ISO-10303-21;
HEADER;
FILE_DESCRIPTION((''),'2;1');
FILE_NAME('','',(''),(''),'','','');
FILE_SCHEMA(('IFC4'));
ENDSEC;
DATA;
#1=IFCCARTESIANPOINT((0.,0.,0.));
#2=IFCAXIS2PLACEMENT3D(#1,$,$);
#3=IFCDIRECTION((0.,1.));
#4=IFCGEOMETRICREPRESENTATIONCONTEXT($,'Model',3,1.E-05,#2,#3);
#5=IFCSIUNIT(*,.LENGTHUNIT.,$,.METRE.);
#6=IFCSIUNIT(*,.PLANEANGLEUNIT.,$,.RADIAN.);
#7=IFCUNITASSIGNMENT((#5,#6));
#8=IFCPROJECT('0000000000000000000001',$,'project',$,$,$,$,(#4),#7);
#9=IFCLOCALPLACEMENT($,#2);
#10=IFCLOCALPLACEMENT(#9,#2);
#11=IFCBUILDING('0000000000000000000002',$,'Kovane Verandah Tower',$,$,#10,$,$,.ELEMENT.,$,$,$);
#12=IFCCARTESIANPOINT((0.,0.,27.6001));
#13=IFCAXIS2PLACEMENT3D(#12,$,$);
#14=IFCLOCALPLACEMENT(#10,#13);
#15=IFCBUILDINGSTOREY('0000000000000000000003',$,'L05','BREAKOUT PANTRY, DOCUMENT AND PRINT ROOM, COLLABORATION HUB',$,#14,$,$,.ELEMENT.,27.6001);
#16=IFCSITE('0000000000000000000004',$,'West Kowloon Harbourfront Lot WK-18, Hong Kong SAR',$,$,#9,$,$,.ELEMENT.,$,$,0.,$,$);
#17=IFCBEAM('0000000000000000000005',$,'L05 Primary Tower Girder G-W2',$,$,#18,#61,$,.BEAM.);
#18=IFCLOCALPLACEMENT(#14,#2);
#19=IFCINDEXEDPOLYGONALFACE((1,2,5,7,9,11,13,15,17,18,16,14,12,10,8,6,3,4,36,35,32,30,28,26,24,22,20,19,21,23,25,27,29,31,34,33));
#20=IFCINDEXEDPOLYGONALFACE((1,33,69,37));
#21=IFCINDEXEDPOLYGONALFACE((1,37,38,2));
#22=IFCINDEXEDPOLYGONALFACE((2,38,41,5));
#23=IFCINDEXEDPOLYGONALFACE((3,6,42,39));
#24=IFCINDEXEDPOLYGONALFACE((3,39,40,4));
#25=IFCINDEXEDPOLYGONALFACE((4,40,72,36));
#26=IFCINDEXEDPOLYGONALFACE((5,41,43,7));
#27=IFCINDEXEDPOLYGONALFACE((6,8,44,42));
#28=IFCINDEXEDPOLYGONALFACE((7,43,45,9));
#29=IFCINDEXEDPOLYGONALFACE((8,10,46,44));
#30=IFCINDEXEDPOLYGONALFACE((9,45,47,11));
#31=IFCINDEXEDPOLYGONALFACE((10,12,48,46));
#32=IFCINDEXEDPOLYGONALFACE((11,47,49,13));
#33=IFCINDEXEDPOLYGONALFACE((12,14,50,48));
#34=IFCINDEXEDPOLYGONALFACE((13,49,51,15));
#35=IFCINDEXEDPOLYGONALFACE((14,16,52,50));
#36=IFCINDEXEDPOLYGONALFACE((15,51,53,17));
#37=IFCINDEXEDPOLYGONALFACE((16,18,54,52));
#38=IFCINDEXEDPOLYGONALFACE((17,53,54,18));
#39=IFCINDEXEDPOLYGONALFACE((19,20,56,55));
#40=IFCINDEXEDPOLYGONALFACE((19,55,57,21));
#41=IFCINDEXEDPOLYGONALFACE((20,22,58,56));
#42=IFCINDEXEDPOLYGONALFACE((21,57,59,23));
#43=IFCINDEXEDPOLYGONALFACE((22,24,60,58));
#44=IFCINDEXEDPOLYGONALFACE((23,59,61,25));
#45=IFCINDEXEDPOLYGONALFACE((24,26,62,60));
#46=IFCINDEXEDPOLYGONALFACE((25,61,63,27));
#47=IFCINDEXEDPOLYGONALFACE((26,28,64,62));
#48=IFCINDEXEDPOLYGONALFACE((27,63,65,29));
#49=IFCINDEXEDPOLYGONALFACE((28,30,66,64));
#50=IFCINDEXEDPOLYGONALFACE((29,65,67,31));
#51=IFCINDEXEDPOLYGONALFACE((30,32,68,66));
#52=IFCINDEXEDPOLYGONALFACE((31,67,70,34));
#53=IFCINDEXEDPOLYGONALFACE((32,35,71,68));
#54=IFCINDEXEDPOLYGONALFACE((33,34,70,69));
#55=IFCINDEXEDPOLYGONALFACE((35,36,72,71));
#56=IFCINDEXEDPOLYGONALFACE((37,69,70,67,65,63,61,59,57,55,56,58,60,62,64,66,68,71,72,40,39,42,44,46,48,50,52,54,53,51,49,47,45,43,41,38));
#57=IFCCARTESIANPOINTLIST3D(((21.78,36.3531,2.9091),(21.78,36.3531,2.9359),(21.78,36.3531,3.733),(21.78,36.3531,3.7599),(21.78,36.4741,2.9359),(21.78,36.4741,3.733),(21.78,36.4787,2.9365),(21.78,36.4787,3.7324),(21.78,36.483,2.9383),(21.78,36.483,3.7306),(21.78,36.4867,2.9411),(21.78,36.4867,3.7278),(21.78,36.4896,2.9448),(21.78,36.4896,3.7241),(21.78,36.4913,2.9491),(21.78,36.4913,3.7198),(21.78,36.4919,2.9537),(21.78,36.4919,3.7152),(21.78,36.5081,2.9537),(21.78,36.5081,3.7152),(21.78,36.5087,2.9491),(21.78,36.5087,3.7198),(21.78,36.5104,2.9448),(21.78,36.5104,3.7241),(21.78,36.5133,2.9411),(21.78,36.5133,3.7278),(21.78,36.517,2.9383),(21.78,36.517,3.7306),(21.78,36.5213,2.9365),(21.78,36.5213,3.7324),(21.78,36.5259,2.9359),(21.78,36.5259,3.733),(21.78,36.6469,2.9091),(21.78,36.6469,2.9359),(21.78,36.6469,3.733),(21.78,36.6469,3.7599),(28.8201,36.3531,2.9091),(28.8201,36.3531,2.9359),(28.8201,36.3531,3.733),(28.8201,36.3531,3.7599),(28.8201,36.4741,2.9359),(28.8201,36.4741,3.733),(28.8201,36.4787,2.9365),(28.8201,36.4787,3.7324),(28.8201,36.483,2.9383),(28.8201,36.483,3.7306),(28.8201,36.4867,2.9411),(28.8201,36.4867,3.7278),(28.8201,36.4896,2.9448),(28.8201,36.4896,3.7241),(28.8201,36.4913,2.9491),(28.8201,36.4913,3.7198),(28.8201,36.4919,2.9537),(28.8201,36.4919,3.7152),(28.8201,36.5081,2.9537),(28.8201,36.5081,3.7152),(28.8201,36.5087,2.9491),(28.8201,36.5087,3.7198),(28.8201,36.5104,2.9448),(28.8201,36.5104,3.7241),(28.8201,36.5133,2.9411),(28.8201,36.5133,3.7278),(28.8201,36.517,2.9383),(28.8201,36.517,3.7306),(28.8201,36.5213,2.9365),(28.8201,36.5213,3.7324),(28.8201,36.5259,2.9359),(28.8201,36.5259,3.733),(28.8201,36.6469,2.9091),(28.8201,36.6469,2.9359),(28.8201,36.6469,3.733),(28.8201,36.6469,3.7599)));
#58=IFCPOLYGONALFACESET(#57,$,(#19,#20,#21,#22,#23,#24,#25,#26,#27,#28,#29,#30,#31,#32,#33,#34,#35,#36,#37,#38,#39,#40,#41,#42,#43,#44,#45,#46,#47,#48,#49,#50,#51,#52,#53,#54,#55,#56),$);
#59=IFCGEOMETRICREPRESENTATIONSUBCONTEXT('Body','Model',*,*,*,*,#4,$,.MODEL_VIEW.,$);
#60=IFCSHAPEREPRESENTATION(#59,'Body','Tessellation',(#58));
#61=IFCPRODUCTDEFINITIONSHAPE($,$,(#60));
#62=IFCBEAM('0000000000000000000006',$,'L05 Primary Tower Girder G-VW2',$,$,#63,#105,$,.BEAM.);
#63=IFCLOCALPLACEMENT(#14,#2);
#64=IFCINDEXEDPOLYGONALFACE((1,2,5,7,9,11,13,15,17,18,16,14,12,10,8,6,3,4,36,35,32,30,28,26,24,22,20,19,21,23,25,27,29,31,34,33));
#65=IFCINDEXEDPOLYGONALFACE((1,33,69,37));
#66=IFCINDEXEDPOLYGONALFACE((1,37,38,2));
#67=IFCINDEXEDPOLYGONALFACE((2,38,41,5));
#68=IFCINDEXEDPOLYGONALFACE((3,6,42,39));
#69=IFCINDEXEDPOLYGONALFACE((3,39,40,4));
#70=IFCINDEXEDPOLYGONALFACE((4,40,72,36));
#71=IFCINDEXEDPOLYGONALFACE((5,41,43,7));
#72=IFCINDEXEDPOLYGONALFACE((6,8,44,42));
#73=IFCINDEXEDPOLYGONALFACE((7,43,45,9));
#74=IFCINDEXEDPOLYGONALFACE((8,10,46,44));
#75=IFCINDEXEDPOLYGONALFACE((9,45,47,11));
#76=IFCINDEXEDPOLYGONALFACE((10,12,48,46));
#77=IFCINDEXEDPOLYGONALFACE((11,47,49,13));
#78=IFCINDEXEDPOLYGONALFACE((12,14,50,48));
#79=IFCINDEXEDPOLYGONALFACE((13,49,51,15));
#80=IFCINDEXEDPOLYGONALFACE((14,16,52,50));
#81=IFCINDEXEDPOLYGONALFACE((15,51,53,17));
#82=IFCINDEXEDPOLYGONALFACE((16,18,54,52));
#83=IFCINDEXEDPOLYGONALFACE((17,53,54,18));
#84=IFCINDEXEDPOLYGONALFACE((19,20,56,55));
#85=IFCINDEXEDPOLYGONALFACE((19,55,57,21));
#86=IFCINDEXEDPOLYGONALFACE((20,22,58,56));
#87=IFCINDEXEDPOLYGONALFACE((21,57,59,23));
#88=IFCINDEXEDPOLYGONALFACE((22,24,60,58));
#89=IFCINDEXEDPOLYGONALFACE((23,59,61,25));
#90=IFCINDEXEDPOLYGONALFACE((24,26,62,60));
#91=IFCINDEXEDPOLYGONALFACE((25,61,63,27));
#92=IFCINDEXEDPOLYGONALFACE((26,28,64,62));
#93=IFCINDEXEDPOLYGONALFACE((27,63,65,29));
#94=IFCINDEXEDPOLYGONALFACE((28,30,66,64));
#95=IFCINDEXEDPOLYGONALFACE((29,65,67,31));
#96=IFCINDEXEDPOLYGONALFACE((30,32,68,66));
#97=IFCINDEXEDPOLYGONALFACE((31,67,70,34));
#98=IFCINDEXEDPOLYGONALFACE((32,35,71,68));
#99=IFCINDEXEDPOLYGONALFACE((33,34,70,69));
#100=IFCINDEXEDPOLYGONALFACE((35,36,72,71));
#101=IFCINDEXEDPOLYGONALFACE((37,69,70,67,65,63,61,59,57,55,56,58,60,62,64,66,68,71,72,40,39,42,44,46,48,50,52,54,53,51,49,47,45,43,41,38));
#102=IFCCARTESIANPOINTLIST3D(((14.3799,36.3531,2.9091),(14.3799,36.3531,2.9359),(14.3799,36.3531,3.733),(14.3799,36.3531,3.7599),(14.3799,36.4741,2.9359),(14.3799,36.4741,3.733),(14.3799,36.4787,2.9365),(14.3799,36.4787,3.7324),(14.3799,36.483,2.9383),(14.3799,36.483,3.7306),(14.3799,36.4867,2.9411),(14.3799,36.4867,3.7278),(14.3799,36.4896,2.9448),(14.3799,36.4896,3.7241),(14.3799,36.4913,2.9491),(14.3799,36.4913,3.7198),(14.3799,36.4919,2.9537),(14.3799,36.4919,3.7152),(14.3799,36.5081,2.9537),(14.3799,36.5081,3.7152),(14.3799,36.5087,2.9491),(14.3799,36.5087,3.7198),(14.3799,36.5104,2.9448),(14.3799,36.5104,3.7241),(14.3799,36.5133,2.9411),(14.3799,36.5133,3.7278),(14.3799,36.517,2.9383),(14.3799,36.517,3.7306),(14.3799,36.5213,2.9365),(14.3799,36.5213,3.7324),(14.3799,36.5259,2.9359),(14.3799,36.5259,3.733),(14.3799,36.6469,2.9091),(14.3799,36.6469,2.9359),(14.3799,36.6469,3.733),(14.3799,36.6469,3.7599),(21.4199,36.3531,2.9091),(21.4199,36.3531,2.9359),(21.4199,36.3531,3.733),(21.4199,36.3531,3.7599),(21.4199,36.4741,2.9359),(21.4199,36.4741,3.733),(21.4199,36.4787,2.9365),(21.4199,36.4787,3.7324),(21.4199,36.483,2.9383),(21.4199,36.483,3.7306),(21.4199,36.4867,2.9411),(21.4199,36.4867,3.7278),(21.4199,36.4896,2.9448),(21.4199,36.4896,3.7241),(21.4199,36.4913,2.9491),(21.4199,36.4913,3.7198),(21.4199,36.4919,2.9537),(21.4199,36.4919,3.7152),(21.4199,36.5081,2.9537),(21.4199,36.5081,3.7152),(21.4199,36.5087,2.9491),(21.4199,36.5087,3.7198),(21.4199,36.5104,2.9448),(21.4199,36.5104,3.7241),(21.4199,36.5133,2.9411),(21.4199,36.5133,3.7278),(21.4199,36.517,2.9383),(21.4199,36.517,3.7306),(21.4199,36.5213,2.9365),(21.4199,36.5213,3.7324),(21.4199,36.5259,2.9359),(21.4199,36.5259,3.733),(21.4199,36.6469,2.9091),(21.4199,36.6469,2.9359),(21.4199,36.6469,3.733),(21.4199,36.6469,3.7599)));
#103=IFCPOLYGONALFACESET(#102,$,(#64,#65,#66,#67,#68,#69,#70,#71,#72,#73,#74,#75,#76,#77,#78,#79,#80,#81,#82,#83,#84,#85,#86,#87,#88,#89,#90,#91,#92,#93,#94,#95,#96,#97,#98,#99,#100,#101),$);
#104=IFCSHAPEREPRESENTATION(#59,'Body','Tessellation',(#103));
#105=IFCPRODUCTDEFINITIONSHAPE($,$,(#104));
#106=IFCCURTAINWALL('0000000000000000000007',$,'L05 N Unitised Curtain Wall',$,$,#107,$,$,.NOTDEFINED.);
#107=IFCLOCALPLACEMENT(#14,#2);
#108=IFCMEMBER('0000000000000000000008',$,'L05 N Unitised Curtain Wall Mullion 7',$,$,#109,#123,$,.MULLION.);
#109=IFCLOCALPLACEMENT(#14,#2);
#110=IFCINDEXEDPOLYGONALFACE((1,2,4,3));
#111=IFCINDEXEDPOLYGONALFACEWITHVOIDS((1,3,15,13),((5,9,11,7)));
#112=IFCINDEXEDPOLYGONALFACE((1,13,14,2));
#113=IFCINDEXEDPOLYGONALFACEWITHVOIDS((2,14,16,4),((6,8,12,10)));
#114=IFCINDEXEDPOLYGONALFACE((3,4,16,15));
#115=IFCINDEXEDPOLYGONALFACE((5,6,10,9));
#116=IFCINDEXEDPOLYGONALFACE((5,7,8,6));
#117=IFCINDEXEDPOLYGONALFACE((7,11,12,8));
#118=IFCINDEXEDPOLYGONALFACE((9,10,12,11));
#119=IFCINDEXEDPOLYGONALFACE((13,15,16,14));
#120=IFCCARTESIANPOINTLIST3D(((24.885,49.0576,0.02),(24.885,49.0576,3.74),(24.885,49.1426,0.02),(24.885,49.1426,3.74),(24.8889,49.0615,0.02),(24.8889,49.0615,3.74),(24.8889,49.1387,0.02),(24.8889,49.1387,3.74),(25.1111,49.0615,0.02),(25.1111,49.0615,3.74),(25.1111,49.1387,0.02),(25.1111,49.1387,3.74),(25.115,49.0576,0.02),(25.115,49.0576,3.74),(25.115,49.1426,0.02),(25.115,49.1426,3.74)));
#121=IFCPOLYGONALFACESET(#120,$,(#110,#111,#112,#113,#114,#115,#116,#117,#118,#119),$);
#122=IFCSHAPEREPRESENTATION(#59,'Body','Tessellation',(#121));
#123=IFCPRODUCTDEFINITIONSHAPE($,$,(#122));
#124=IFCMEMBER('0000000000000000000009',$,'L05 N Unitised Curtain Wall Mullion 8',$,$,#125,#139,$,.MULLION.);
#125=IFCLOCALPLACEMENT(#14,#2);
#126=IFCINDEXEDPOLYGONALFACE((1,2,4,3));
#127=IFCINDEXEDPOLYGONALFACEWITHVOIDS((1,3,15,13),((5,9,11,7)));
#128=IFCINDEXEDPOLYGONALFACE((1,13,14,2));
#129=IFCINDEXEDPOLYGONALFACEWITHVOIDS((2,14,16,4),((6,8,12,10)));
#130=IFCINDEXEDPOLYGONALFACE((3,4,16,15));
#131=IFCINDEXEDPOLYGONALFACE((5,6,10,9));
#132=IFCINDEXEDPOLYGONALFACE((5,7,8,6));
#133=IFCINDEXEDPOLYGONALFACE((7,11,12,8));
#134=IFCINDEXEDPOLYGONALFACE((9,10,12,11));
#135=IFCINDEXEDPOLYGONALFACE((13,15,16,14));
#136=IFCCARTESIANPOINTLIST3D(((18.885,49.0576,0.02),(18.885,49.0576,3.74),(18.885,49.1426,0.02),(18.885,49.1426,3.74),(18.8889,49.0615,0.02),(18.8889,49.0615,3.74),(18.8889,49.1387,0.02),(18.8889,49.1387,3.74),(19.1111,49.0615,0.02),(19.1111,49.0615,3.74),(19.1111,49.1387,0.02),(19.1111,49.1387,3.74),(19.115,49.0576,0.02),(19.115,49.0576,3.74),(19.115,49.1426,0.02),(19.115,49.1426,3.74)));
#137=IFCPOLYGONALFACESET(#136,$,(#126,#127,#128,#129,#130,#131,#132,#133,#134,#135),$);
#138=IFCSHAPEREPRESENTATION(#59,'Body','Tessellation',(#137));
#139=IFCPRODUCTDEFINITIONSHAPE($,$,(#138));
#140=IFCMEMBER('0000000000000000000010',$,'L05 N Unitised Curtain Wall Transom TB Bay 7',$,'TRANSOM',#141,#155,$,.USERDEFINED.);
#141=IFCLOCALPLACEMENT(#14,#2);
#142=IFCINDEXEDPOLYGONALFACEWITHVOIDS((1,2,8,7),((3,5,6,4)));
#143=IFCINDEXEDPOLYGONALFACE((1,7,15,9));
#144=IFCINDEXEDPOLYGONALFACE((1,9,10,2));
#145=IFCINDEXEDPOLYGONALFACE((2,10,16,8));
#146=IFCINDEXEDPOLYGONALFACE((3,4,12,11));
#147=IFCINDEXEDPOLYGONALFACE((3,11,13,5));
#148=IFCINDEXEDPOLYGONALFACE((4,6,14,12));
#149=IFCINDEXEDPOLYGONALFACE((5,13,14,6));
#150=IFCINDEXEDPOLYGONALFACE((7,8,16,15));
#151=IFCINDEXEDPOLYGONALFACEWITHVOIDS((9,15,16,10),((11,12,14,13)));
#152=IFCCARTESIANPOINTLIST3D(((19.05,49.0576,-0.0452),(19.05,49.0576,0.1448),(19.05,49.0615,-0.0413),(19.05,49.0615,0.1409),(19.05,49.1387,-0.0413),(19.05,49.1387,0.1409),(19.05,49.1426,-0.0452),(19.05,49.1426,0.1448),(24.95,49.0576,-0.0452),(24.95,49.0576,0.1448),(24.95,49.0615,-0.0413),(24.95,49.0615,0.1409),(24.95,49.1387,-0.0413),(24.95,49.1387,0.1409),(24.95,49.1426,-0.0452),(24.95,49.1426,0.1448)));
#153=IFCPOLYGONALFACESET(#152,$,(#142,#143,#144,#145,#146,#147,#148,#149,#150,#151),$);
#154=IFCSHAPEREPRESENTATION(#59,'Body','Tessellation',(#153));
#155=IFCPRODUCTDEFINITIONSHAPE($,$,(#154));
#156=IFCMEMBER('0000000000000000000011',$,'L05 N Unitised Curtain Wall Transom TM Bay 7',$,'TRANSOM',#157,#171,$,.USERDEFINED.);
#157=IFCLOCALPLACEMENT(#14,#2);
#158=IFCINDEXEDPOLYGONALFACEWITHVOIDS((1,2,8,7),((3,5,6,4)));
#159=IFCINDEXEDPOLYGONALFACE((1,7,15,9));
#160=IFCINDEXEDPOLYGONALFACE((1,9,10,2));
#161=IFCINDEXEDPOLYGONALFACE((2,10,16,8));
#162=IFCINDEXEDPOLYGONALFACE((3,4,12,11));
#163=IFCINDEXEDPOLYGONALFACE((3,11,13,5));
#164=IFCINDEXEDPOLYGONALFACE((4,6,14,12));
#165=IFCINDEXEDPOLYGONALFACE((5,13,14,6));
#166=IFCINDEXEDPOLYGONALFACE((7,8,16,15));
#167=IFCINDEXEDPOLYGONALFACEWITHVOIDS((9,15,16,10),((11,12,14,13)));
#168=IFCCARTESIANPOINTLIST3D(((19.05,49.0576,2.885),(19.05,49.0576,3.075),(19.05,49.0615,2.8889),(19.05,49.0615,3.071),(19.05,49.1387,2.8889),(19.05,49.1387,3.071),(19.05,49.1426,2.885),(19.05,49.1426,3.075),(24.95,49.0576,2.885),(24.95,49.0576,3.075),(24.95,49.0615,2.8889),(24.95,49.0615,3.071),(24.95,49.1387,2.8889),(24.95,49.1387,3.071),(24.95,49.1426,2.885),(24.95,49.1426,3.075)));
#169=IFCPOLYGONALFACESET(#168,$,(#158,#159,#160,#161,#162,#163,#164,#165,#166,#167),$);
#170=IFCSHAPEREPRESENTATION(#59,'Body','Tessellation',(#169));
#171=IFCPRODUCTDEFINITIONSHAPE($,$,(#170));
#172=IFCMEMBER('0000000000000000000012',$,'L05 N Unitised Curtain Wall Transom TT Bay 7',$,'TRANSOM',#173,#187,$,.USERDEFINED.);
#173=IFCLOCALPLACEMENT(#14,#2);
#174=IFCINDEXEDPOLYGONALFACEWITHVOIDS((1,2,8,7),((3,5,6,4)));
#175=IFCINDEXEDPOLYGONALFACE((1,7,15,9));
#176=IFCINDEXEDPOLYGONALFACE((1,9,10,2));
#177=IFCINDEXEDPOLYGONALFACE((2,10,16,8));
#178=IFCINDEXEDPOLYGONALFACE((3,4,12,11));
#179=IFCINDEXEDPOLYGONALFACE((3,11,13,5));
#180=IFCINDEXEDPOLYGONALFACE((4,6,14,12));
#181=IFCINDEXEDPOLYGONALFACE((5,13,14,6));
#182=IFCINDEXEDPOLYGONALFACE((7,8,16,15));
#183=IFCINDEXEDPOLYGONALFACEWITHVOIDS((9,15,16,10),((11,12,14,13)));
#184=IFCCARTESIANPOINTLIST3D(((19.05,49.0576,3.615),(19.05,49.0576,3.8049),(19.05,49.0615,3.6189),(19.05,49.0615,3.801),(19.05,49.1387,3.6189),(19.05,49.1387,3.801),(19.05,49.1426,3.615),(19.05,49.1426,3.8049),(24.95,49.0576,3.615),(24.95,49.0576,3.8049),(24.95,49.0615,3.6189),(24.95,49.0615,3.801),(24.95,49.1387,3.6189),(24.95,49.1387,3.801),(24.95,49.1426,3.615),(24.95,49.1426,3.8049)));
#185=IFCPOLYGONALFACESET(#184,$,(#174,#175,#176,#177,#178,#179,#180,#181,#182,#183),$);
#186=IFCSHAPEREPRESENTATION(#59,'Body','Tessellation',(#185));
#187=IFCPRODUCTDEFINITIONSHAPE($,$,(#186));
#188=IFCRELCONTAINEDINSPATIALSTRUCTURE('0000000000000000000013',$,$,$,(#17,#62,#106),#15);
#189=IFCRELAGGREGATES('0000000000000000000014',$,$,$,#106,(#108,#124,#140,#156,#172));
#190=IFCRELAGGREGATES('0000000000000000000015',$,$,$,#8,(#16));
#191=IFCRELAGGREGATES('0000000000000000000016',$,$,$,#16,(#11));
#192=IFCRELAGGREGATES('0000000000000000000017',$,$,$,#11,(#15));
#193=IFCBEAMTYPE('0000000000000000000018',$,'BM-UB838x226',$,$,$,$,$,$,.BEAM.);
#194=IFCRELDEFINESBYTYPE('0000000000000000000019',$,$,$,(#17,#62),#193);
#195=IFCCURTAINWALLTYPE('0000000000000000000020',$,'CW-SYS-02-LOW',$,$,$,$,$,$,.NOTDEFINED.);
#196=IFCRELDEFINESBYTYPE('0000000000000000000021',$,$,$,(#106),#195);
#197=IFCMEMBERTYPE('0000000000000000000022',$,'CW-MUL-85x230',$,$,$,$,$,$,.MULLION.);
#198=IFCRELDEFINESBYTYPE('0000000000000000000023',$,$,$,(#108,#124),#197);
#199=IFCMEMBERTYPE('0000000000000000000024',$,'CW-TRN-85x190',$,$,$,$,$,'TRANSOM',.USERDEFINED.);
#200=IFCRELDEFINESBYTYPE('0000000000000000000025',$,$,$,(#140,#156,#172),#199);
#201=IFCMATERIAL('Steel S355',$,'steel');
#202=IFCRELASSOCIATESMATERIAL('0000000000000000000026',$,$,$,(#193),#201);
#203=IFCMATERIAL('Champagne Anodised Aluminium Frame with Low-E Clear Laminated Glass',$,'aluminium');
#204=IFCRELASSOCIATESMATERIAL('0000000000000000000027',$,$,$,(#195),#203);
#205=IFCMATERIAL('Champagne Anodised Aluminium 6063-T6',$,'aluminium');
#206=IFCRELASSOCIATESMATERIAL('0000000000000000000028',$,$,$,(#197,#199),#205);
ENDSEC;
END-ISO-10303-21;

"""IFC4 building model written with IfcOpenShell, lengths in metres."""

from ifc_helpers import new_model, si_unit, direction, frame, origin, origin_2d, place, context, subcontext, project, spatial, hollow_rectangle, i_section, extrude, material, material_profile, profile_set, type_object, element, aggregate, save


model = new_model("IFC4")

# Units and contexts
model_context = context("Model", 3, precision=1e-05, world=origin(), true_north=direction((0.0, 1.0)))
body_context = subcontext(model_context, "Body", "Model", "MODEL_VIEW")
ifc_project = project(units=[si_unit("LENGTHUNIT", "METRE"), si_unit("PLANEANGLEUNIT", "RADIAN")], contexts=[model_context])

# Site, building, storey
site_placement = place(None, origin())
site = spatial("IfcSite", under=ifc_project, at=site_placement, Name="West Kowloon Harbourfront Lot WK-18, Hong Kong SAR", CompositionType="ELEMENT", RefElevation=0.0)
building_placement = place(site_placement, origin())
building = spatial("IfcBuilding", under=site, at=building_placement, Name="Kovane Verandah Tower", CompositionType="ELEMENT")
storey_placement = place(building_placement, frame((0.0, 0.0, 27.6001)))
storey = spatial("IfcBuildingStorey", under=building, at=storey_placement, Name="L05", Description="BREAKOUT PANTRY, DOCUMENT AND PRINT ROOM, COLLABORATION HUB", CompositionType="ELEMENT", Elevation=27.6001)

# Beams
ifc_material_1 = material(Name="Steel S355", Category="steel")
ifc_material_profile_1 = material_profile(ifc_material_1, i_section(OverallWidth=0.2937, OverallDepth=0.8508, WebThickness=0.0161, FlangeThickness=0.0269, FilletRadius=0.0178, at=origin_2d()), Name="UB838x292x226")
ifc_profile_set_1 = profile_set([ifc_material_profile_1], Name="Steel S355")
beam_type_1 = type_object("IfcBeamType", Name="BM-UB838x226", PredefinedType="BEAM", material=ifc_profile_set_1)
for number, where, z_axis, x_axis, name in (
    (1, (28.8201, 36.5, 3.3345), (-1.0, 0.0, 0.0), (0.0, -1.0, 0.0), "L05 Primary Tower Girder G-W2"),
    (2, (21.4199, 36.5, 3.3345), (-1.0, 0.0, 0.0), (0.0, -1.0, 0.0), "L05 Primary Tower Girder G-VW2"),
):
    element("IfcBeam", number, at=place(storey_placement, frame(where, z_axis=z_axis, x_axis=x_axis)), inside=storey, type_object=beam_type_1, Name=name, PredefinedType="BEAM", context=body_context, shape_type="SweptSolid", body=[
        extrude(i_section(OverallWidth=0.2937, OverallDepth=0.8508, WebThickness=0.0161, FlangeThickness=0.0269, FilletRadius=0.0178, at=origin_2d()), origin(), (0.0, 0.0, 1.0), 7.04),
    ])

# Curtain wall, members
ifc_material_2 = material(Name="Champagne Anodised Aluminium Frame with Low-E Clear Laminated Glass", Category="aluminium")
curtain_wall_type = type_object("IfcCurtainWallType", Name="CW-SYS-02-LOW", PredefinedType="NOTDEFINED", material=ifc_material_2)
curtain_wall_placement = place(storey_placement, origin())
curtain_wall = element("IfcCurtainWall", 3, at=curtain_wall_placement, inside=storey, type_object=curtain_wall_type, Name="L05 N Unitised Curtain Wall", PredefinedType="NOTDEFINED")
ifc_material_3 = material(Name="Champagne Anodised Aluminium 6063-T6", Category="aluminium")
ifc_material_profile_2 = material_profile(ifc_material_3, hollow_rectangle(XDim=0.085, YDim=0.23, WallThickness=0.0039, at=origin_2d()), Name="AL85x230x4")
ifc_profile_set_2 = profile_set([ifc_material_profile_2], Name="Champagne Anodised Aluminium 6063-T6")
member_type_1 = type_object("IfcMemberType", Name="CW-MUL-85x230", PredefinedType="MULLION", material=ifc_profile_set_2)
member_1_placement = place(storey_placement, frame((25.0, 49.1001, 0.02), z_axis=(0.0, 0.0, 1.0), x_axis=(0.0, 1.0, 0.0)))
member_1 = element("IfcMember", 4, at=member_1_placement, type_object=member_type_1, Name="L05 N Unitised Curtain Wall Mullion 7", PredefinedType="MULLION", context=body_context, shape_type="SweptSolid", body=[
    extrude(hollow_rectangle(XDim=0.085, YDim=0.23, WallThickness=0.0039, at=origin_2d()), origin(), (0.0, 0.0, 1.0), 3.72),
])
member_2_placement = place(storey_placement, frame((19.0, 49.1001, 0.02), z_axis=(0.0, 0.0, 1.0), x_axis=(0.0, 1.0, 0.0)))
member_2 = element("IfcMember", 5, at=member_2_placement, type_object=member_type_1, Name="L05 N Unitised Curtain Wall Mullion 8", PredefinedType="MULLION", context=body_context, shape_type="SweptSolid", body=[
    extrude(hollow_rectangle(XDim=0.085, YDim=0.23, WallThickness=0.0039, at=origin_2d()), origin(), (0.0, 0.0, 1.0), 3.72),
])
ifc_material_profile_3 = material_profile(ifc_material_3, hollow_rectangle(XDim=0.085, YDim=0.1899, WallThickness=0.0039, at=origin_2d()), Name="AL85x190x4")
ifc_profile_set_3 = profile_set([ifc_material_profile_3], Name="Champagne Anodised Aluminium 6063-T6")
member_type_2 = type_object("IfcMemberType", Name="CW-TRN-85x190", ElementType="TRANSOM", PredefinedType="USERDEFINED", material=ifc_profile_set_3)
member_3_placement = place(storey_placement, frame((24.95, 49.1001, 0.0498), z_axis=(-1.0, 0.0, 0.0), x_axis=(0.0, -1.0, 0.0)))
member_3 = element("IfcMember", 6, at=member_3_placement, type_object=member_type_2, Name="L05 N Unitised Curtain Wall Transom TB Bay 7", ObjectType="TRANSOM", PredefinedType="USERDEFINED", context=body_context, shape_type="SweptSolid", body=[
    extrude(hollow_rectangle(XDim=0.085, YDim=0.1899, WallThickness=0.0039, at=origin_2d()), origin(), (0.0, 0.0, 1.0), 5.8999),
])
member_4_placement = place(storey_placement, frame((24.95, 49.1001, 2.98), z_axis=(-1.0, 0.0, 0.0), x_axis=(0.0, -1.0, 0.0)))
member_4 = element("IfcMember", 7, at=member_4_placement, type_object=member_type_2, Name="L05 N Unitised Curtain Wall Transom TM Bay 7", ObjectType="TRANSOM", PredefinedType="USERDEFINED", context=body_context, shape_type="SweptSolid", body=[
    extrude(hollow_rectangle(XDim=0.085, YDim=0.1899, WallThickness=0.0039, at=origin_2d()), origin(), (0.0, 0.0, 1.0), 5.8999),
])
member_5_placement = place(storey_placement, frame((24.95, 49.1001, 3.71), z_axis=(-1.0, 0.0, 0.0), x_axis=(0.0, -1.0, 0.0)))
member_5 = element("IfcMember", 8, at=member_5_placement, type_object=member_type_2, Name="L05 N Unitised Curtain Wall Transom TT Bay 7", ObjectType="TRANSOM", PredefinedType="USERDEFINED", context=body_context, shape_type="SweptSolid", body=[
    extrude(hollow_rectangle(XDim=0.085, YDim=0.1899, WallThickness=0.0039, at=origin_2d()), origin(), (0.0, 0.0, 1.0), 5.8999),
])

aggregate(curtain_wall, [member_1, member_2, member_3, member_4, member_5])

save(model, "model.ifc")
